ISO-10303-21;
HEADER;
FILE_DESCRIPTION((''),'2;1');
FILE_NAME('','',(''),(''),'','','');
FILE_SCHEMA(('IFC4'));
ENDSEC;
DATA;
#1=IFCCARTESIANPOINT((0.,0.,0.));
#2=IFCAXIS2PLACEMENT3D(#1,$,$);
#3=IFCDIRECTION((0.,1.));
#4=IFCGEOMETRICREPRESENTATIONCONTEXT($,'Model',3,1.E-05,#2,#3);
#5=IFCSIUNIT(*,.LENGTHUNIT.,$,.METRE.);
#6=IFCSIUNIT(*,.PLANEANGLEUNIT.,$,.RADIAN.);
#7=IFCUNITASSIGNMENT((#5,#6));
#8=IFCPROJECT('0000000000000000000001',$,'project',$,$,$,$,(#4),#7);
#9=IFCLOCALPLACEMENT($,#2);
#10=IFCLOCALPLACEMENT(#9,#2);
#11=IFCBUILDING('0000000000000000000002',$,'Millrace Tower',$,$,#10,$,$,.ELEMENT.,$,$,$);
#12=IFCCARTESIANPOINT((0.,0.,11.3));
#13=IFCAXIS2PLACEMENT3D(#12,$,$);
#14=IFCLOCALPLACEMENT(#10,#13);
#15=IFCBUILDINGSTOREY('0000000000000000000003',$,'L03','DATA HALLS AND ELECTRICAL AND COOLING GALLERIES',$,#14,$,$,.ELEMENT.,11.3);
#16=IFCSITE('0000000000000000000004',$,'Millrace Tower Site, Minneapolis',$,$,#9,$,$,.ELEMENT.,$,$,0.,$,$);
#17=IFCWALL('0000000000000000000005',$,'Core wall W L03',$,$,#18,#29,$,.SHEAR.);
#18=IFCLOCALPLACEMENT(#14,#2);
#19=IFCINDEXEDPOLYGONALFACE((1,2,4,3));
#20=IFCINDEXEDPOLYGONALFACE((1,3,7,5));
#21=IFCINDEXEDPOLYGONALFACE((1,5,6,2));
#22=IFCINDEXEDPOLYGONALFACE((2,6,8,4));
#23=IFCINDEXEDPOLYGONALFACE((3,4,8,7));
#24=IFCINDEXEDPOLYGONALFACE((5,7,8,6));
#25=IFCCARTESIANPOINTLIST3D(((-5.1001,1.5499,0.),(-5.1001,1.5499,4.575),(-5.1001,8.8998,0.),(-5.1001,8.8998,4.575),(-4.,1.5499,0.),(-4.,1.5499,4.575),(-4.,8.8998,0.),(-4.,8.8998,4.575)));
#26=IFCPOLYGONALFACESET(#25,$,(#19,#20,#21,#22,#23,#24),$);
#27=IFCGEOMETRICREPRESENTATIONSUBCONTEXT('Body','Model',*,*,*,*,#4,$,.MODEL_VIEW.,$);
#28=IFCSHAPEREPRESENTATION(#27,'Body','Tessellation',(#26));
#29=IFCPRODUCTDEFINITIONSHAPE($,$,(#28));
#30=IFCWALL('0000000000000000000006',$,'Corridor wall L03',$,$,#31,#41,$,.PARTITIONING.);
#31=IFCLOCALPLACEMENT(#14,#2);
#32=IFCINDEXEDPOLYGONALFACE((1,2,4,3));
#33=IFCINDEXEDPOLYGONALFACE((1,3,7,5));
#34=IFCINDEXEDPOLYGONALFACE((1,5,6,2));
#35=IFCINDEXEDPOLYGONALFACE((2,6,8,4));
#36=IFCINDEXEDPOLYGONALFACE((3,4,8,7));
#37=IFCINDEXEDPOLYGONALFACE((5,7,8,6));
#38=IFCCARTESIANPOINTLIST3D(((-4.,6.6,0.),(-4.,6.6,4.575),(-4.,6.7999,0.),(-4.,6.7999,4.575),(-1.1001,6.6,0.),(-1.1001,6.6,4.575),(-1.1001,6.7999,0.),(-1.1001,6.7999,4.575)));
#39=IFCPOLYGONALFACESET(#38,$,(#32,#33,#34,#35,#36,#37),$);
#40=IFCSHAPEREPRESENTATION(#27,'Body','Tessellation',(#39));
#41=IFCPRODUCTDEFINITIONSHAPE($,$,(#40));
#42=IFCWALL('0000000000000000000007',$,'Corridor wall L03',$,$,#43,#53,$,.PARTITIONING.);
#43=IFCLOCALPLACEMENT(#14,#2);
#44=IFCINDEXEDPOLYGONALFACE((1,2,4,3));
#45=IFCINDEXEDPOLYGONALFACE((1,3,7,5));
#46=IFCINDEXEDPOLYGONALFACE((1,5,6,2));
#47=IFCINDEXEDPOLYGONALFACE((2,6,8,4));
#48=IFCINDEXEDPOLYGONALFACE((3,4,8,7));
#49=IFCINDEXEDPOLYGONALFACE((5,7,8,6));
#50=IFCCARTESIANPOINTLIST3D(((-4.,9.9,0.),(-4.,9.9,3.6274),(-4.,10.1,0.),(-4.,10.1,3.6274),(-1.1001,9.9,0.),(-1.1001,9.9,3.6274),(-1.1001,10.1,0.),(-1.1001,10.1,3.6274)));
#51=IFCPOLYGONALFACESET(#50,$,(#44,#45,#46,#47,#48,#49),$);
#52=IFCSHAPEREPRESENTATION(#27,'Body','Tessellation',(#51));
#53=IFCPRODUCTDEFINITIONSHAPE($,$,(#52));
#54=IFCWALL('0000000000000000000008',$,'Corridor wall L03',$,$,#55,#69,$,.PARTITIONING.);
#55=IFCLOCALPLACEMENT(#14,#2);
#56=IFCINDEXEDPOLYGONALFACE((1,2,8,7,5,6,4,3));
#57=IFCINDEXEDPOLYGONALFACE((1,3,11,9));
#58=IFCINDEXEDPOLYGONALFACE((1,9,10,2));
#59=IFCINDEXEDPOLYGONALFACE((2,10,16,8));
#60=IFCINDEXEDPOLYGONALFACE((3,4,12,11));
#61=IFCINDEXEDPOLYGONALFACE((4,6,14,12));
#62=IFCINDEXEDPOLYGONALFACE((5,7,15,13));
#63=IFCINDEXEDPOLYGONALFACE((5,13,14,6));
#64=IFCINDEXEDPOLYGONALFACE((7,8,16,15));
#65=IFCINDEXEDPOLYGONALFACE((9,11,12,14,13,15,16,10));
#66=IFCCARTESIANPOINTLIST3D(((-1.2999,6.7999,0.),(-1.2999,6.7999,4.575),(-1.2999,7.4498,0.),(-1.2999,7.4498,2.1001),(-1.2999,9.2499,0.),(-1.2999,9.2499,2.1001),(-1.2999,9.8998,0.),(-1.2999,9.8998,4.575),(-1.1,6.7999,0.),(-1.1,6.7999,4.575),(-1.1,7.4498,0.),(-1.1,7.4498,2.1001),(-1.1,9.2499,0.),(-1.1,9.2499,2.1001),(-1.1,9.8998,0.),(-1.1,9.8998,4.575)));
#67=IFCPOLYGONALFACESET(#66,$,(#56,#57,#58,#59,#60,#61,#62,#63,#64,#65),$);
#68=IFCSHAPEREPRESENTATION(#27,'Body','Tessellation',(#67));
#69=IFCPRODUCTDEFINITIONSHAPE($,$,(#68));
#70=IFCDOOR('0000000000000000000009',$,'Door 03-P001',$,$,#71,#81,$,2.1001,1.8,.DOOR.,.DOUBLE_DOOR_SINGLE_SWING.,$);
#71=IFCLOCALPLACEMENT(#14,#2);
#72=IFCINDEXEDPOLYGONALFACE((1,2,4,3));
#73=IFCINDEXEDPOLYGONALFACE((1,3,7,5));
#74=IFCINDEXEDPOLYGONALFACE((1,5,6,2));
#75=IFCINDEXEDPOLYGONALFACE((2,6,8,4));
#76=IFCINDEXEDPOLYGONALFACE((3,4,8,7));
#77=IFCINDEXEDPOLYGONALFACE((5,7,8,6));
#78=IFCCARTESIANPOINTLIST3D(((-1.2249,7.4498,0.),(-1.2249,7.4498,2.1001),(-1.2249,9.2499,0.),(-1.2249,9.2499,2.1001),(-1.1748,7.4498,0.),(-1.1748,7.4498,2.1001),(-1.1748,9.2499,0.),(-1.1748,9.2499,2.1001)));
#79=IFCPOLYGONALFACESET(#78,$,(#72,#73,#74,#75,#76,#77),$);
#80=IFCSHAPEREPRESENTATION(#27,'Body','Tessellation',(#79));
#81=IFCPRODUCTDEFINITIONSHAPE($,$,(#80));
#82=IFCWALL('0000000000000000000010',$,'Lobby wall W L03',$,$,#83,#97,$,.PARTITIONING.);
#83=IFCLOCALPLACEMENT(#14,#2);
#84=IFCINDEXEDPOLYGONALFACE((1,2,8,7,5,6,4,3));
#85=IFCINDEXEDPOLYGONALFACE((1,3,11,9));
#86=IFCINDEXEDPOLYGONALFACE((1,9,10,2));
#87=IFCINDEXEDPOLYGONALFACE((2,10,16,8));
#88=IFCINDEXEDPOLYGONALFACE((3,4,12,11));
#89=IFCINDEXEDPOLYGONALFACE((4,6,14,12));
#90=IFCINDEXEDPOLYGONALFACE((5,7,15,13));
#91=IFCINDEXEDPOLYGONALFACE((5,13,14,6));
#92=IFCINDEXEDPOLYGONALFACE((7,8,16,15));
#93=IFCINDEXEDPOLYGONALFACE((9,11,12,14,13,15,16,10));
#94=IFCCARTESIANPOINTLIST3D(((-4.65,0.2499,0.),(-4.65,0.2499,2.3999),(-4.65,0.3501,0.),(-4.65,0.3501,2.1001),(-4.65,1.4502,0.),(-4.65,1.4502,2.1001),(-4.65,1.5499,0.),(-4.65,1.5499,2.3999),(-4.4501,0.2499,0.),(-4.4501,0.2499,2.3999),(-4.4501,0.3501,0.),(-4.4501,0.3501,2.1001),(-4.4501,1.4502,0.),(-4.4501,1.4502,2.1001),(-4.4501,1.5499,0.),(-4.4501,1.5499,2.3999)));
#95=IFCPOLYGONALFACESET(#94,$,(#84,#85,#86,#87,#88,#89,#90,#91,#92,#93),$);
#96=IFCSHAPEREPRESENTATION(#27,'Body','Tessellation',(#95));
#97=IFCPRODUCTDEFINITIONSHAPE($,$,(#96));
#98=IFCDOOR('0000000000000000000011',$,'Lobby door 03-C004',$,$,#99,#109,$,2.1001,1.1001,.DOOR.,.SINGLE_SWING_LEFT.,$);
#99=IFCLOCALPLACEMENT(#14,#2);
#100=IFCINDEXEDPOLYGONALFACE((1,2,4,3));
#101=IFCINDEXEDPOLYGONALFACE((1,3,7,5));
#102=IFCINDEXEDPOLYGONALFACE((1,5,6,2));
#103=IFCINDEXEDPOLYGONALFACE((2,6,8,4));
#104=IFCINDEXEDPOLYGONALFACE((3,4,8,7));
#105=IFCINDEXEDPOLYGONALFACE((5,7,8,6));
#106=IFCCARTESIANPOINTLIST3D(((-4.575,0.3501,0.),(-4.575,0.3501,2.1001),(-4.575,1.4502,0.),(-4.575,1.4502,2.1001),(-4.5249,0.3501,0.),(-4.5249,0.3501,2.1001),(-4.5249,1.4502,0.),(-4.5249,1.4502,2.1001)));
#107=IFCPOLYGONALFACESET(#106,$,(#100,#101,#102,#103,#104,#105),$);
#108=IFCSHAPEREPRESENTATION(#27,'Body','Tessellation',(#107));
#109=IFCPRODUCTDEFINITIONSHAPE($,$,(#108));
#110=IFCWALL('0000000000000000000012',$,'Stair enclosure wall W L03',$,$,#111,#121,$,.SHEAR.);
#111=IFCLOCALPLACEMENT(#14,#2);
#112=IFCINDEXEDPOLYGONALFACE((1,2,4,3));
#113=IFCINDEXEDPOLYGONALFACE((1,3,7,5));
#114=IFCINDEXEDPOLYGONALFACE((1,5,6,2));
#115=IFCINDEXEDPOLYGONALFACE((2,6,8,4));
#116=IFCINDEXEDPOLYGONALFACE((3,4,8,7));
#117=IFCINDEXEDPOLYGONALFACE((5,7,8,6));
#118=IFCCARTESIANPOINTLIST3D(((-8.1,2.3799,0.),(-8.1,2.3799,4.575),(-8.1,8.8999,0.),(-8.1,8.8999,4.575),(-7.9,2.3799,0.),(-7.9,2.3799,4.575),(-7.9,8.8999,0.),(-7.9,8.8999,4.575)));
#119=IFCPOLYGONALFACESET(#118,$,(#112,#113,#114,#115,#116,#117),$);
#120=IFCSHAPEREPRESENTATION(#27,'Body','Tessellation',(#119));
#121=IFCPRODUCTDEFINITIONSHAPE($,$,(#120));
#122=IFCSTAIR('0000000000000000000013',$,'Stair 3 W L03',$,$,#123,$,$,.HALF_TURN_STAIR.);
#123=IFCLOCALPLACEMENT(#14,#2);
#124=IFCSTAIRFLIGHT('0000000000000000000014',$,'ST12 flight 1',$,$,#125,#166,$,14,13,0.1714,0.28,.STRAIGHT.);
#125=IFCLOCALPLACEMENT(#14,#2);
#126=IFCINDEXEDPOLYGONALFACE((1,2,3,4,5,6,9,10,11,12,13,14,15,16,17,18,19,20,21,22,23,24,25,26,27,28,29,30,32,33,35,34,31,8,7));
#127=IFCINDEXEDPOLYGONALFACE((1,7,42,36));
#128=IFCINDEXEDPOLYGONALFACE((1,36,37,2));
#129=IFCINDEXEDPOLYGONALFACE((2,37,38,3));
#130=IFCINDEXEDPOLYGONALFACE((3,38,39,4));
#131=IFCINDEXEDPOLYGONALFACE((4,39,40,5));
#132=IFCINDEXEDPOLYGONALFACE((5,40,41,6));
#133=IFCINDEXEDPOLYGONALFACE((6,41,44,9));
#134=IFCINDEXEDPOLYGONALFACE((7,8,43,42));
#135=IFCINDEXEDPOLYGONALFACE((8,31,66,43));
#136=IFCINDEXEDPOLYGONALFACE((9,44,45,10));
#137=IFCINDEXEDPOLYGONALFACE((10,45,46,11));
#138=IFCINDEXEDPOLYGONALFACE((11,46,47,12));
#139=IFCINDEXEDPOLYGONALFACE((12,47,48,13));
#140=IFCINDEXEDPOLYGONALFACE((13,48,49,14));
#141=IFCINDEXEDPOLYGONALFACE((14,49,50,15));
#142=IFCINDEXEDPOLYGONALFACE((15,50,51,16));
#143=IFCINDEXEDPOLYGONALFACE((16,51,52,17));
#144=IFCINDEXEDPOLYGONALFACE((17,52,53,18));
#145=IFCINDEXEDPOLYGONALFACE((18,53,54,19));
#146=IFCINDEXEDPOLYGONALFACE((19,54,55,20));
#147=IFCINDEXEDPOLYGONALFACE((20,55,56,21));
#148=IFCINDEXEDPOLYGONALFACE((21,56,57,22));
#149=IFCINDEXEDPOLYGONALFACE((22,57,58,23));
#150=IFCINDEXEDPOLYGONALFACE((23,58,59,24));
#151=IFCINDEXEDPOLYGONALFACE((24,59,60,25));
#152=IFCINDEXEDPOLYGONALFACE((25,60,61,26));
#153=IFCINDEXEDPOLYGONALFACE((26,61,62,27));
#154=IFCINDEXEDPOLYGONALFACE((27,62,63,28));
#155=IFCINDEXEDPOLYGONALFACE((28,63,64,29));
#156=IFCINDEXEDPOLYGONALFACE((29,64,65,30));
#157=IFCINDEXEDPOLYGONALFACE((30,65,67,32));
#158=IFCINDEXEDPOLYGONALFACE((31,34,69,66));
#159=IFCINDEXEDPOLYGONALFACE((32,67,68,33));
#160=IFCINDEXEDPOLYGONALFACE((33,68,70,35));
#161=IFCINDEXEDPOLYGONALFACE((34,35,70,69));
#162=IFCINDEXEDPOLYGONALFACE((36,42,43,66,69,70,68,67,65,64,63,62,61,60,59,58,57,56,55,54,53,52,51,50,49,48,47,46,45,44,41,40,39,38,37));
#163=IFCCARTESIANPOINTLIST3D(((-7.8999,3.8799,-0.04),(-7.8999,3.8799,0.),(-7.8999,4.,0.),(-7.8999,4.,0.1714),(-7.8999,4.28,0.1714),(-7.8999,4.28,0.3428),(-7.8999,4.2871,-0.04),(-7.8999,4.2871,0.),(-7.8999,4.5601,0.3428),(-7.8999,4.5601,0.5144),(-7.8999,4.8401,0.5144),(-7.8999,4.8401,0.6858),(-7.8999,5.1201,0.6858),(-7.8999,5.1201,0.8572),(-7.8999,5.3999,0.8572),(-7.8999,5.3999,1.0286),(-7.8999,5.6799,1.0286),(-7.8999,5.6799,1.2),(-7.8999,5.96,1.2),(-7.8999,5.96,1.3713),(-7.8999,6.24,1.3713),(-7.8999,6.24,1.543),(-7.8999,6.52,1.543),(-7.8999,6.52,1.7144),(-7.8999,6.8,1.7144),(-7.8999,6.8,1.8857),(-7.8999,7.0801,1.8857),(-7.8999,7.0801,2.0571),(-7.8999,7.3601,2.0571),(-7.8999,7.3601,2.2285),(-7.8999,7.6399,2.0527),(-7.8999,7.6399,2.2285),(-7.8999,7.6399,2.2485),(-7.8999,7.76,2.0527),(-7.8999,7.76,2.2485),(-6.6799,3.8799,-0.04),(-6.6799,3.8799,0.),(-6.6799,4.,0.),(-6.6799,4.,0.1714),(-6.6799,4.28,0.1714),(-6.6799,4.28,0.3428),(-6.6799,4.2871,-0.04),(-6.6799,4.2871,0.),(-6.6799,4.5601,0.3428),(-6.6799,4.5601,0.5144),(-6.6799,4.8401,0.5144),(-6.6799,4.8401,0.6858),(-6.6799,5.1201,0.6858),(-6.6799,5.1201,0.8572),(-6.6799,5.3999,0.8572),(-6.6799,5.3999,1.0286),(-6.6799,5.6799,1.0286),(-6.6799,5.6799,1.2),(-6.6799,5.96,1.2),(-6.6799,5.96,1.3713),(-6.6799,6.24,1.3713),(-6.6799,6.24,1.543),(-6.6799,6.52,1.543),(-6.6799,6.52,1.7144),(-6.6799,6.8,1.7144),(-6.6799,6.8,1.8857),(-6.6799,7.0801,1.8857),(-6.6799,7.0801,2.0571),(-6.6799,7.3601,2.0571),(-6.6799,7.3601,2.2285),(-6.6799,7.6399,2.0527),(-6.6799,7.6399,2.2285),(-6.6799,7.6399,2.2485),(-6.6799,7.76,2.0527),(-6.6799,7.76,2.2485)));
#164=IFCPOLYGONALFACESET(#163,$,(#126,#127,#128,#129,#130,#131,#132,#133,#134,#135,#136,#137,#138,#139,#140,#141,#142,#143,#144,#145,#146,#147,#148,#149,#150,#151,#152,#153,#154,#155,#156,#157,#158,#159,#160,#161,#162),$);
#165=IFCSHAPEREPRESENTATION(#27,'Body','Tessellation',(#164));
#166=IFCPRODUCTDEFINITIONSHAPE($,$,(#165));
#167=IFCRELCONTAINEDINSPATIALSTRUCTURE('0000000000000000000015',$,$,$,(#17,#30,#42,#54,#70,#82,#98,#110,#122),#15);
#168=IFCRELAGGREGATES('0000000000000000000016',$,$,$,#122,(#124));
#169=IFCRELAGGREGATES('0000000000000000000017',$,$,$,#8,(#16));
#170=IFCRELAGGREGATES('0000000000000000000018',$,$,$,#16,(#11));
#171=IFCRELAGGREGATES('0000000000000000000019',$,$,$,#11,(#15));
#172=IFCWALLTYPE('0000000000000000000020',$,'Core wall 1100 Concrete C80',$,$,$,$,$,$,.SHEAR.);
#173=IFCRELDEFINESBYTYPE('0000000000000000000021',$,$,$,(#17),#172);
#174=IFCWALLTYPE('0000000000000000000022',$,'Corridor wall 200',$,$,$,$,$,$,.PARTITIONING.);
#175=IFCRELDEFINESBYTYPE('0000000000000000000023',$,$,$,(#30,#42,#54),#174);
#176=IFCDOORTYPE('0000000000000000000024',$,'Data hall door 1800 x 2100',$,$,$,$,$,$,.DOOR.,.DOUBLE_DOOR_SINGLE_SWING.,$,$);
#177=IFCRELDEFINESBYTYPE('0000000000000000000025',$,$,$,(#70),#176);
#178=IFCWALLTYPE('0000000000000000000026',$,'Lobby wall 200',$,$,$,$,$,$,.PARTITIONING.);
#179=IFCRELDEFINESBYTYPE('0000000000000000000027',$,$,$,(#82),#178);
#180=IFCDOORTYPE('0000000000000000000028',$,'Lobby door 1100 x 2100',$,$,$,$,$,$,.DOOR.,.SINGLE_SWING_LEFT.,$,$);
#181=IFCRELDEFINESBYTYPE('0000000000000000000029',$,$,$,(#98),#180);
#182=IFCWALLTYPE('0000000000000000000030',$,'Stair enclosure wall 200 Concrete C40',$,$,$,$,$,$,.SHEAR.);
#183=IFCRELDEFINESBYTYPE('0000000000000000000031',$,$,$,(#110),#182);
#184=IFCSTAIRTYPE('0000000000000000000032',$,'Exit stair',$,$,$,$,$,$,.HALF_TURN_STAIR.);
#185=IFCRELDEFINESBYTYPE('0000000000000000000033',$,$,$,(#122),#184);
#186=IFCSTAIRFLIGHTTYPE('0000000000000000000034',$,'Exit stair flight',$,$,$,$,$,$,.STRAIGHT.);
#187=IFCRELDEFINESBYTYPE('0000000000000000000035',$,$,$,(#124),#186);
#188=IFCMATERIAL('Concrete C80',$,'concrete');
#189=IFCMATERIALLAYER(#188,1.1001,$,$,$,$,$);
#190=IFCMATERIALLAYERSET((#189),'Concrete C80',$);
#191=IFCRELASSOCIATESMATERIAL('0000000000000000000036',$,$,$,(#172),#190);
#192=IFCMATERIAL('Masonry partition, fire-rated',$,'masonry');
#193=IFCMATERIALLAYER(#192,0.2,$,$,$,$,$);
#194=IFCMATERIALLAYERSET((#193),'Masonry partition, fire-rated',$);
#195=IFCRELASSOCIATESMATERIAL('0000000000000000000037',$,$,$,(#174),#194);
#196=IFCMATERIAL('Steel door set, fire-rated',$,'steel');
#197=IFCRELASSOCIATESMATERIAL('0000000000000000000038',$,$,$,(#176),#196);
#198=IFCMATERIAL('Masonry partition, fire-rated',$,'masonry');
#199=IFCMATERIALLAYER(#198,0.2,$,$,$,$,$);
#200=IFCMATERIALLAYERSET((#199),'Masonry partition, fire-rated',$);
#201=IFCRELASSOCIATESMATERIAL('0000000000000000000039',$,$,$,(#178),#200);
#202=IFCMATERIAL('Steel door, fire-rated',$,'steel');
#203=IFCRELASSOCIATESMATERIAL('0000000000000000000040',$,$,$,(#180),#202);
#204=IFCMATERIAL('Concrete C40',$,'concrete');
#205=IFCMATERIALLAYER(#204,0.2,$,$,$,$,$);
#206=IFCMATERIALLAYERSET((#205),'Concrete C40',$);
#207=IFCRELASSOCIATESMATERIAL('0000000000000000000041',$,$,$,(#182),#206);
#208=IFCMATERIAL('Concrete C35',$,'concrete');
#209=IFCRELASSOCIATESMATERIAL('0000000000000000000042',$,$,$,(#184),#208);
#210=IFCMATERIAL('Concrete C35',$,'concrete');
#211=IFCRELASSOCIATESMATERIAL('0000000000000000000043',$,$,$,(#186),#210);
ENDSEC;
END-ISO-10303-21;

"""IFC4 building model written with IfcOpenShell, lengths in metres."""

from ifc_helpers import new_model, si_unit, direction, frame, frame_2d, origin, place, context, subcontext, project, spatial, polyline, rectangle, outline, extrude, material, layer, layer_set, type_object, element, fill, aggregate, save


model = new_model("IFC4")

# Units and contexts
model_context = context("Model", 3, precision=1e-05, world=origin(), true_north=direction((0.0, 1.0)))
body_context = subcontext(model_context, "Body", "Model", "MODEL_VIEW")
ifc_project = project(units=[si_unit("LENGTHUNIT", "METRE"), si_unit("PLANEANGLEUNIT", "RADIAN")], contexts=[model_context])

# Site, building, storey
site_placement = place(None, origin())
site = spatial("IfcSite", under=ifc_project, at=site_placement, Name="Millrace Tower Site, Minneapolis", CompositionType="ELEMENT", RefElevation=0.0)
building_placement = place(site_placement, origin())
building = spatial("IfcBuilding", under=site, at=building_placement, Name="Millrace Tower", CompositionType="ELEMENT")
storey_placement = place(building_placement, frame((0.0, 0.0, 11.3)))
storey = spatial("IfcBuildingStorey", under=building, at=storey_placement, Name="L03", Description="DATA HALLS AND ELECTRICAL AND COOLING GALLERIES", CompositionType="ELEMENT", Elevation=11.3)

# Shared definitions
placement_1 = place(storey_placement, origin())

# Walls
ifc_material_1 = material(Name="Concrete C80", Category="concrete")
ifc_layer_1 = layer(ifc_material_1, 1.1001)
ifc_layer_set_1 = layer_set([ifc_layer_1], Name="Concrete C80")
wall_type_1 = type_object("IfcWallType", Name="Core wall 1100 Concrete C80", PredefinedType="SHEAR", material=ifc_layer_set_1)
wall_1_placement = place(storey_placement, frame((-4.55, 1.55, 0.0), z_axis=(0.0, 0.0, 1.0), x_axis=(0.0, 1.0, 0.0)))
element("IfcWall", 1, at=wall_1_placement, inside=storey, type_object=wall_type_1, Name="Core wall W L03", PredefinedType="SHEAR", context=body_context, shape_type="SweptSolid", body=[
    extrude(rectangle(XDim=7.3499, YDim=1.1001, at=frame_2d((3.6748, 0.0))), origin(), (0.0, 0.0, 1.0), 4.575),
])
ifc_material_2 = material(Name="Masonry partition, fire-rated", Category="masonry")
ifc_layer_2 = layer(ifc_material_2, 0.2)
ifc_layer_set_2 = layer_set([ifc_layer_2], Name="Masonry partition, fire-rated")
wall_type_2 = type_object("IfcWallType", Name="Corridor wall 200", PredefinedType="PARTITIONING", material=ifc_layer_set_2)
wall_2_placement = place(storey_placement, frame((-4.0, 6.7, 0.0), z_axis=(0.0, 0.0, 1.0), x_axis=(1.0, 0.0, 0.0)))
element("IfcWall", 2, at=wall_2_placement, inside=storey, type_object=wall_type_2, Name="Corridor wall L03", PredefinedType="PARTITIONING", context=body_context, shape_type="SweptSolid", body=[
    extrude(rectangle(XDim=2.8999, YDim=0.2, at=frame_2d((1.45, 0.0))), origin(), (0.0, 0.0, 1.0), 4.575),
])
wall_3_placement = place(storey_placement, frame((-4.0, 10.0, 0.0), z_axis=(0.0, 0.0, 1.0), x_axis=(1.0, 0.0, 0.0)))
element("IfcWall", 3, at=wall_3_placement, inside=storey, type_object=wall_type_2, Name="Corridor wall L03", PredefinedType="PARTITIONING", context=body_context, shape_type="SweptSolid", body=[
    extrude(rectangle(XDim=2.8999, YDim=0.2, at=frame_2d((1.45, 0.0))), origin(), (0.0, 0.0, 1.0), 3.6274),
])

# Walls, openings, doors
wall_4_placement = place(storey_placement, frame((-1.2, 6.8, 0.0), z_axis=(0.0, 0.0, 1.0), x_axis=(0.0, 1.0, 0.0)))
wall_4 = element("IfcWall", 4, at=wall_4_placement, inside=storey, type_object=wall_type_2, Name="Corridor wall L03", PredefinedType="PARTITIONING", context=body_context, shape_type="SweptSolid", body=[
    extrude(rectangle(XDim=3.0999, YDim=0.2, at=frame_2d((1.5498, 0.0))), origin(), (0.0, 0.0, 1.0), 4.575),
])
opening_1_placement = place(wall_4_placement, frame((0.6499, 0.0, 0.0)))
opening_1 = element("IfcOpeningElement", 5, at=opening_1_placement, cuts=wall_4, PredefinedType="OPENING", context=body_context, shape_type="SweptSolid", body=[
    extrude(rectangle(XDim=1.8, YDim=2.1001, at=frame_2d((0.8999, 1.05))), frame((0.0, 0.1099, 0.0), z_axis=(0.0, -1.0, 0.0), x_axis=(1.0, 0.0, 0.0)), (0.0, 0.0, 1.0), 0.22),
])
ifc_material_3 = material(Name="Steel door set, fire-rated", Category="steel")
door_type_1 = type_object("IfcDoorType", Name="Data hall door 1800 x 2100", OperationType="DOUBLE_DOOR_SINGLE_SWING", PredefinedType="DOOR", material=ifc_material_3)
door_1_placement = place(opening_1_placement, origin())
door_1 = element("IfcDoor", 6, at=door_1_placement, inside=storey, type_object=door_type_1, Name="Door 03-P001", OperationType="DOUBLE_DOOR_SINGLE_SWING", OverallHeight=2.1001, OverallWidth=1.8, PredefinedType="DOOR", context=body_context, shape_type="SweptSolid", body=[
    extrude(rectangle(XDim=1.8, YDim=2.1001, at=frame_2d((0.8999, 1.05))), frame((0.0, 0.0249, 0.0), z_axis=(0.0, -1.0, 0.0), x_axis=(1.0, 0.0, 0.0)), (0.0, 0.0, 1.0), 0.05),
])
fill(opening_1, door_1)
ifc_material_4 = material(Name="Masonry partition, fire-rated", Category="masonry")
ifc_layer_3 = layer(ifc_material_4, 0.2)
ifc_layer_set_3 = layer_set([ifc_layer_3], Name="Masonry partition, fire-rated")
wall_type_3 = type_object("IfcWallType", Name="Lobby wall 200", PredefinedType="PARTITIONING", material=ifc_layer_set_3)
wall_5_placement = place(storey_placement, frame((-4.55, 0.25, 0.0), z_axis=(0.0, 0.0, 1.0), x_axis=(0.0, 1.0, 0.0)))
wall_5 = element("IfcWall", 7, at=wall_5_placement, inside=storey, type_object=wall_type_3, Name="Lobby wall W L03", PredefinedType="PARTITIONING", context=body_context, shape_type="SweptSolid", body=[
    extrude(rectangle(XDim=1.3, YDim=0.2, at=frame_2d((0.6499, 0.0))), origin(), (0.0, 0.0, 1.0), 2.3999),
])
opening_2_placement = place(wall_5_placement, frame((0.1001, 0.0, 0.0)))
opening_2 = element("IfcOpeningElement", 8, at=opening_2_placement, cuts=wall_5, PredefinedType="OPENING", context=body_context, shape_type="SweptSolid", body=[
    extrude(rectangle(XDim=1.1001, YDim=2.1001, at=frame_2d((0.55, 1.05))), frame((0.0, 0.1099, 0.0), z_axis=(0.0, -1.0, 0.0), x_axis=(1.0, 0.0, 0.0)), (0.0, 0.0, 1.0), 0.22),
])
ifc_material_5 = material(Name="Steel door, fire-rated", Category="steel")
door_type_2 = type_object("IfcDoorType", Name="Lobby door 1100 x 2100", OperationType="SINGLE_SWING_LEFT", PredefinedType="DOOR", material=ifc_material_5)
door_2_placement = place(opening_2_placement, origin())
door_2 = element("IfcDoor", 9, at=door_2_placement, inside=storey, type_object=door_type_2, Name="Lobby door 03-C004", OperationType="SINGLE_SWING_LEFT", OverallHeight=2.1001, OverallWidth=1.1001, PredefinedType="DOOR", context=body_context, shape_type="SweptSolid", body=[
    extrude(rectangle(XDim=1.1001, YDim=2.1001, at=frame_2d((0.55, 1.05))), frame((0.0, 0.0249, 0.0), z_axis=(0.0, -1.0, 0.0), x_axis=(1.0, 0.0, 0.0)), (0.0, 0.0, 1.0), 0.05),
])
fill(opening_2, door_2)

# Wall
ifc_material_6 = material(Name="Concrete C40", Category="concrete")
ifc_layer_4 = layer(ifc_material_6, 0.2)
ifc_layer_set_4 = layer_set([ifc_layer_4], Name="Concrete C40")
wall_type_4 = type_object("IfcWallType", Name="Stair enclosure wall 200 Concrete C40", PredefinedType="SHEAR", material=ifc_layer_set_4)
wall_6_placement = place(storey_placement, frame((-8.0, 2.3799, 0.0), z_axis=(0.0, 0.0, 1.0), x_axis=(0.0, 1.0, 0.0)))
element("IfcWall", 10, at=wall_6_placement, inside=storey, type_object=wall_type_4, Name="Stair enclosure wall W L03", PredefinedType="SHEAR", context=body_context, shape_type="SweptSolid", body=[
    extrude(rectangle(XDim=6.52, YDim=0.2, at=frame_2d((3.26, 0.0))), origin(), (0.0, 0.0, 1.0), 4.575),
])

# Stair, stair flight
ifc_material_7 = material(Name="Concrete C35", Category="concrete")
stair_type = type_object("IfcStairType", Name="Exit stair", PredefinedType="HALF_TURN_STAIR", material=ifc_material_7)
stair = element("IfcStair", 11, at=placement_1, inside=storey, type_object=stair_type, Name="Stair 3 W L03", PredefinedType="HALF_TURN_STAIR")
ifc_material_8 = material(Name="Concrete C35", Category="concrete")
stair_flight_type = type_object("IfcStairFlightType", Name="Exit stair flight", PredefinedType="STRAIGHT", material=ifc_material_8)
stair_flight_1_placement = place(storey_placement, frame((-7.29, 4.0, 0.0), z_axis=(0.0, 0.0, 1.0), x_axis=(0.0, 1.0, 0.0)))
stair_flight_1 = element("IfcStairFlight", 12, at=stair_flight_1_placement, type_object=stair_flight_type, Name="ST12 flight 1", NumberOfRisers=14, NumberOfTreads=13, PredefinedType="STRAIGHT", RiserHeight=0.1714, TreadLength=0.28, context=body_context, shape_type="SweptSolid", body=[
    extrude(outline(polyline([(-0.1201, -0.04), (-0.1201, 0.0), (0.0, 0.0), (0.0, 0.1714), (0.28, 0.1714), (0.28, 0.3428), (0.5601, 0.3428), (0.5601, 0.5144), (0.8401, 0.5144), (0.8401, 0.6858), (1.1201, 0.6858), (1.1201, 0.8572), (1.3999, 0.8572), (1.3999, 1.0286), (1.6799, 1.0286), (1.6799, 1.2), (1.96, 1.2), (1.96, 1.3713), (2.24, 1.3713), (2.24, 1.543), (2.52, 1.543), (2.52, 1.7144), (2.8, 1.7144), (2.8, 1.8857), (3.0801, 1.8857), (3.0801, 2.0571), (3.3601, 2.0571), (3.3601, 2.2285), (3.6399, 2.2285), (3.6399, 2.2485), (3.76, 2.2485), (3.76, 2.0527), (3.6399, 2.0527), (0.2871, 0.0), (0.2871, -0.04), (-0.1201, -0.04)])), frame((0.0, 0.6099, 0.0), z_axis=(0.0, -1.0, 0.0), x_axis=(1.0, 0.0, 0.0)), (0.0, 0.0, 1.0), 1.22),
])
aggregate(stair, [stair_flight_1])

save(model, "model.ifc")
